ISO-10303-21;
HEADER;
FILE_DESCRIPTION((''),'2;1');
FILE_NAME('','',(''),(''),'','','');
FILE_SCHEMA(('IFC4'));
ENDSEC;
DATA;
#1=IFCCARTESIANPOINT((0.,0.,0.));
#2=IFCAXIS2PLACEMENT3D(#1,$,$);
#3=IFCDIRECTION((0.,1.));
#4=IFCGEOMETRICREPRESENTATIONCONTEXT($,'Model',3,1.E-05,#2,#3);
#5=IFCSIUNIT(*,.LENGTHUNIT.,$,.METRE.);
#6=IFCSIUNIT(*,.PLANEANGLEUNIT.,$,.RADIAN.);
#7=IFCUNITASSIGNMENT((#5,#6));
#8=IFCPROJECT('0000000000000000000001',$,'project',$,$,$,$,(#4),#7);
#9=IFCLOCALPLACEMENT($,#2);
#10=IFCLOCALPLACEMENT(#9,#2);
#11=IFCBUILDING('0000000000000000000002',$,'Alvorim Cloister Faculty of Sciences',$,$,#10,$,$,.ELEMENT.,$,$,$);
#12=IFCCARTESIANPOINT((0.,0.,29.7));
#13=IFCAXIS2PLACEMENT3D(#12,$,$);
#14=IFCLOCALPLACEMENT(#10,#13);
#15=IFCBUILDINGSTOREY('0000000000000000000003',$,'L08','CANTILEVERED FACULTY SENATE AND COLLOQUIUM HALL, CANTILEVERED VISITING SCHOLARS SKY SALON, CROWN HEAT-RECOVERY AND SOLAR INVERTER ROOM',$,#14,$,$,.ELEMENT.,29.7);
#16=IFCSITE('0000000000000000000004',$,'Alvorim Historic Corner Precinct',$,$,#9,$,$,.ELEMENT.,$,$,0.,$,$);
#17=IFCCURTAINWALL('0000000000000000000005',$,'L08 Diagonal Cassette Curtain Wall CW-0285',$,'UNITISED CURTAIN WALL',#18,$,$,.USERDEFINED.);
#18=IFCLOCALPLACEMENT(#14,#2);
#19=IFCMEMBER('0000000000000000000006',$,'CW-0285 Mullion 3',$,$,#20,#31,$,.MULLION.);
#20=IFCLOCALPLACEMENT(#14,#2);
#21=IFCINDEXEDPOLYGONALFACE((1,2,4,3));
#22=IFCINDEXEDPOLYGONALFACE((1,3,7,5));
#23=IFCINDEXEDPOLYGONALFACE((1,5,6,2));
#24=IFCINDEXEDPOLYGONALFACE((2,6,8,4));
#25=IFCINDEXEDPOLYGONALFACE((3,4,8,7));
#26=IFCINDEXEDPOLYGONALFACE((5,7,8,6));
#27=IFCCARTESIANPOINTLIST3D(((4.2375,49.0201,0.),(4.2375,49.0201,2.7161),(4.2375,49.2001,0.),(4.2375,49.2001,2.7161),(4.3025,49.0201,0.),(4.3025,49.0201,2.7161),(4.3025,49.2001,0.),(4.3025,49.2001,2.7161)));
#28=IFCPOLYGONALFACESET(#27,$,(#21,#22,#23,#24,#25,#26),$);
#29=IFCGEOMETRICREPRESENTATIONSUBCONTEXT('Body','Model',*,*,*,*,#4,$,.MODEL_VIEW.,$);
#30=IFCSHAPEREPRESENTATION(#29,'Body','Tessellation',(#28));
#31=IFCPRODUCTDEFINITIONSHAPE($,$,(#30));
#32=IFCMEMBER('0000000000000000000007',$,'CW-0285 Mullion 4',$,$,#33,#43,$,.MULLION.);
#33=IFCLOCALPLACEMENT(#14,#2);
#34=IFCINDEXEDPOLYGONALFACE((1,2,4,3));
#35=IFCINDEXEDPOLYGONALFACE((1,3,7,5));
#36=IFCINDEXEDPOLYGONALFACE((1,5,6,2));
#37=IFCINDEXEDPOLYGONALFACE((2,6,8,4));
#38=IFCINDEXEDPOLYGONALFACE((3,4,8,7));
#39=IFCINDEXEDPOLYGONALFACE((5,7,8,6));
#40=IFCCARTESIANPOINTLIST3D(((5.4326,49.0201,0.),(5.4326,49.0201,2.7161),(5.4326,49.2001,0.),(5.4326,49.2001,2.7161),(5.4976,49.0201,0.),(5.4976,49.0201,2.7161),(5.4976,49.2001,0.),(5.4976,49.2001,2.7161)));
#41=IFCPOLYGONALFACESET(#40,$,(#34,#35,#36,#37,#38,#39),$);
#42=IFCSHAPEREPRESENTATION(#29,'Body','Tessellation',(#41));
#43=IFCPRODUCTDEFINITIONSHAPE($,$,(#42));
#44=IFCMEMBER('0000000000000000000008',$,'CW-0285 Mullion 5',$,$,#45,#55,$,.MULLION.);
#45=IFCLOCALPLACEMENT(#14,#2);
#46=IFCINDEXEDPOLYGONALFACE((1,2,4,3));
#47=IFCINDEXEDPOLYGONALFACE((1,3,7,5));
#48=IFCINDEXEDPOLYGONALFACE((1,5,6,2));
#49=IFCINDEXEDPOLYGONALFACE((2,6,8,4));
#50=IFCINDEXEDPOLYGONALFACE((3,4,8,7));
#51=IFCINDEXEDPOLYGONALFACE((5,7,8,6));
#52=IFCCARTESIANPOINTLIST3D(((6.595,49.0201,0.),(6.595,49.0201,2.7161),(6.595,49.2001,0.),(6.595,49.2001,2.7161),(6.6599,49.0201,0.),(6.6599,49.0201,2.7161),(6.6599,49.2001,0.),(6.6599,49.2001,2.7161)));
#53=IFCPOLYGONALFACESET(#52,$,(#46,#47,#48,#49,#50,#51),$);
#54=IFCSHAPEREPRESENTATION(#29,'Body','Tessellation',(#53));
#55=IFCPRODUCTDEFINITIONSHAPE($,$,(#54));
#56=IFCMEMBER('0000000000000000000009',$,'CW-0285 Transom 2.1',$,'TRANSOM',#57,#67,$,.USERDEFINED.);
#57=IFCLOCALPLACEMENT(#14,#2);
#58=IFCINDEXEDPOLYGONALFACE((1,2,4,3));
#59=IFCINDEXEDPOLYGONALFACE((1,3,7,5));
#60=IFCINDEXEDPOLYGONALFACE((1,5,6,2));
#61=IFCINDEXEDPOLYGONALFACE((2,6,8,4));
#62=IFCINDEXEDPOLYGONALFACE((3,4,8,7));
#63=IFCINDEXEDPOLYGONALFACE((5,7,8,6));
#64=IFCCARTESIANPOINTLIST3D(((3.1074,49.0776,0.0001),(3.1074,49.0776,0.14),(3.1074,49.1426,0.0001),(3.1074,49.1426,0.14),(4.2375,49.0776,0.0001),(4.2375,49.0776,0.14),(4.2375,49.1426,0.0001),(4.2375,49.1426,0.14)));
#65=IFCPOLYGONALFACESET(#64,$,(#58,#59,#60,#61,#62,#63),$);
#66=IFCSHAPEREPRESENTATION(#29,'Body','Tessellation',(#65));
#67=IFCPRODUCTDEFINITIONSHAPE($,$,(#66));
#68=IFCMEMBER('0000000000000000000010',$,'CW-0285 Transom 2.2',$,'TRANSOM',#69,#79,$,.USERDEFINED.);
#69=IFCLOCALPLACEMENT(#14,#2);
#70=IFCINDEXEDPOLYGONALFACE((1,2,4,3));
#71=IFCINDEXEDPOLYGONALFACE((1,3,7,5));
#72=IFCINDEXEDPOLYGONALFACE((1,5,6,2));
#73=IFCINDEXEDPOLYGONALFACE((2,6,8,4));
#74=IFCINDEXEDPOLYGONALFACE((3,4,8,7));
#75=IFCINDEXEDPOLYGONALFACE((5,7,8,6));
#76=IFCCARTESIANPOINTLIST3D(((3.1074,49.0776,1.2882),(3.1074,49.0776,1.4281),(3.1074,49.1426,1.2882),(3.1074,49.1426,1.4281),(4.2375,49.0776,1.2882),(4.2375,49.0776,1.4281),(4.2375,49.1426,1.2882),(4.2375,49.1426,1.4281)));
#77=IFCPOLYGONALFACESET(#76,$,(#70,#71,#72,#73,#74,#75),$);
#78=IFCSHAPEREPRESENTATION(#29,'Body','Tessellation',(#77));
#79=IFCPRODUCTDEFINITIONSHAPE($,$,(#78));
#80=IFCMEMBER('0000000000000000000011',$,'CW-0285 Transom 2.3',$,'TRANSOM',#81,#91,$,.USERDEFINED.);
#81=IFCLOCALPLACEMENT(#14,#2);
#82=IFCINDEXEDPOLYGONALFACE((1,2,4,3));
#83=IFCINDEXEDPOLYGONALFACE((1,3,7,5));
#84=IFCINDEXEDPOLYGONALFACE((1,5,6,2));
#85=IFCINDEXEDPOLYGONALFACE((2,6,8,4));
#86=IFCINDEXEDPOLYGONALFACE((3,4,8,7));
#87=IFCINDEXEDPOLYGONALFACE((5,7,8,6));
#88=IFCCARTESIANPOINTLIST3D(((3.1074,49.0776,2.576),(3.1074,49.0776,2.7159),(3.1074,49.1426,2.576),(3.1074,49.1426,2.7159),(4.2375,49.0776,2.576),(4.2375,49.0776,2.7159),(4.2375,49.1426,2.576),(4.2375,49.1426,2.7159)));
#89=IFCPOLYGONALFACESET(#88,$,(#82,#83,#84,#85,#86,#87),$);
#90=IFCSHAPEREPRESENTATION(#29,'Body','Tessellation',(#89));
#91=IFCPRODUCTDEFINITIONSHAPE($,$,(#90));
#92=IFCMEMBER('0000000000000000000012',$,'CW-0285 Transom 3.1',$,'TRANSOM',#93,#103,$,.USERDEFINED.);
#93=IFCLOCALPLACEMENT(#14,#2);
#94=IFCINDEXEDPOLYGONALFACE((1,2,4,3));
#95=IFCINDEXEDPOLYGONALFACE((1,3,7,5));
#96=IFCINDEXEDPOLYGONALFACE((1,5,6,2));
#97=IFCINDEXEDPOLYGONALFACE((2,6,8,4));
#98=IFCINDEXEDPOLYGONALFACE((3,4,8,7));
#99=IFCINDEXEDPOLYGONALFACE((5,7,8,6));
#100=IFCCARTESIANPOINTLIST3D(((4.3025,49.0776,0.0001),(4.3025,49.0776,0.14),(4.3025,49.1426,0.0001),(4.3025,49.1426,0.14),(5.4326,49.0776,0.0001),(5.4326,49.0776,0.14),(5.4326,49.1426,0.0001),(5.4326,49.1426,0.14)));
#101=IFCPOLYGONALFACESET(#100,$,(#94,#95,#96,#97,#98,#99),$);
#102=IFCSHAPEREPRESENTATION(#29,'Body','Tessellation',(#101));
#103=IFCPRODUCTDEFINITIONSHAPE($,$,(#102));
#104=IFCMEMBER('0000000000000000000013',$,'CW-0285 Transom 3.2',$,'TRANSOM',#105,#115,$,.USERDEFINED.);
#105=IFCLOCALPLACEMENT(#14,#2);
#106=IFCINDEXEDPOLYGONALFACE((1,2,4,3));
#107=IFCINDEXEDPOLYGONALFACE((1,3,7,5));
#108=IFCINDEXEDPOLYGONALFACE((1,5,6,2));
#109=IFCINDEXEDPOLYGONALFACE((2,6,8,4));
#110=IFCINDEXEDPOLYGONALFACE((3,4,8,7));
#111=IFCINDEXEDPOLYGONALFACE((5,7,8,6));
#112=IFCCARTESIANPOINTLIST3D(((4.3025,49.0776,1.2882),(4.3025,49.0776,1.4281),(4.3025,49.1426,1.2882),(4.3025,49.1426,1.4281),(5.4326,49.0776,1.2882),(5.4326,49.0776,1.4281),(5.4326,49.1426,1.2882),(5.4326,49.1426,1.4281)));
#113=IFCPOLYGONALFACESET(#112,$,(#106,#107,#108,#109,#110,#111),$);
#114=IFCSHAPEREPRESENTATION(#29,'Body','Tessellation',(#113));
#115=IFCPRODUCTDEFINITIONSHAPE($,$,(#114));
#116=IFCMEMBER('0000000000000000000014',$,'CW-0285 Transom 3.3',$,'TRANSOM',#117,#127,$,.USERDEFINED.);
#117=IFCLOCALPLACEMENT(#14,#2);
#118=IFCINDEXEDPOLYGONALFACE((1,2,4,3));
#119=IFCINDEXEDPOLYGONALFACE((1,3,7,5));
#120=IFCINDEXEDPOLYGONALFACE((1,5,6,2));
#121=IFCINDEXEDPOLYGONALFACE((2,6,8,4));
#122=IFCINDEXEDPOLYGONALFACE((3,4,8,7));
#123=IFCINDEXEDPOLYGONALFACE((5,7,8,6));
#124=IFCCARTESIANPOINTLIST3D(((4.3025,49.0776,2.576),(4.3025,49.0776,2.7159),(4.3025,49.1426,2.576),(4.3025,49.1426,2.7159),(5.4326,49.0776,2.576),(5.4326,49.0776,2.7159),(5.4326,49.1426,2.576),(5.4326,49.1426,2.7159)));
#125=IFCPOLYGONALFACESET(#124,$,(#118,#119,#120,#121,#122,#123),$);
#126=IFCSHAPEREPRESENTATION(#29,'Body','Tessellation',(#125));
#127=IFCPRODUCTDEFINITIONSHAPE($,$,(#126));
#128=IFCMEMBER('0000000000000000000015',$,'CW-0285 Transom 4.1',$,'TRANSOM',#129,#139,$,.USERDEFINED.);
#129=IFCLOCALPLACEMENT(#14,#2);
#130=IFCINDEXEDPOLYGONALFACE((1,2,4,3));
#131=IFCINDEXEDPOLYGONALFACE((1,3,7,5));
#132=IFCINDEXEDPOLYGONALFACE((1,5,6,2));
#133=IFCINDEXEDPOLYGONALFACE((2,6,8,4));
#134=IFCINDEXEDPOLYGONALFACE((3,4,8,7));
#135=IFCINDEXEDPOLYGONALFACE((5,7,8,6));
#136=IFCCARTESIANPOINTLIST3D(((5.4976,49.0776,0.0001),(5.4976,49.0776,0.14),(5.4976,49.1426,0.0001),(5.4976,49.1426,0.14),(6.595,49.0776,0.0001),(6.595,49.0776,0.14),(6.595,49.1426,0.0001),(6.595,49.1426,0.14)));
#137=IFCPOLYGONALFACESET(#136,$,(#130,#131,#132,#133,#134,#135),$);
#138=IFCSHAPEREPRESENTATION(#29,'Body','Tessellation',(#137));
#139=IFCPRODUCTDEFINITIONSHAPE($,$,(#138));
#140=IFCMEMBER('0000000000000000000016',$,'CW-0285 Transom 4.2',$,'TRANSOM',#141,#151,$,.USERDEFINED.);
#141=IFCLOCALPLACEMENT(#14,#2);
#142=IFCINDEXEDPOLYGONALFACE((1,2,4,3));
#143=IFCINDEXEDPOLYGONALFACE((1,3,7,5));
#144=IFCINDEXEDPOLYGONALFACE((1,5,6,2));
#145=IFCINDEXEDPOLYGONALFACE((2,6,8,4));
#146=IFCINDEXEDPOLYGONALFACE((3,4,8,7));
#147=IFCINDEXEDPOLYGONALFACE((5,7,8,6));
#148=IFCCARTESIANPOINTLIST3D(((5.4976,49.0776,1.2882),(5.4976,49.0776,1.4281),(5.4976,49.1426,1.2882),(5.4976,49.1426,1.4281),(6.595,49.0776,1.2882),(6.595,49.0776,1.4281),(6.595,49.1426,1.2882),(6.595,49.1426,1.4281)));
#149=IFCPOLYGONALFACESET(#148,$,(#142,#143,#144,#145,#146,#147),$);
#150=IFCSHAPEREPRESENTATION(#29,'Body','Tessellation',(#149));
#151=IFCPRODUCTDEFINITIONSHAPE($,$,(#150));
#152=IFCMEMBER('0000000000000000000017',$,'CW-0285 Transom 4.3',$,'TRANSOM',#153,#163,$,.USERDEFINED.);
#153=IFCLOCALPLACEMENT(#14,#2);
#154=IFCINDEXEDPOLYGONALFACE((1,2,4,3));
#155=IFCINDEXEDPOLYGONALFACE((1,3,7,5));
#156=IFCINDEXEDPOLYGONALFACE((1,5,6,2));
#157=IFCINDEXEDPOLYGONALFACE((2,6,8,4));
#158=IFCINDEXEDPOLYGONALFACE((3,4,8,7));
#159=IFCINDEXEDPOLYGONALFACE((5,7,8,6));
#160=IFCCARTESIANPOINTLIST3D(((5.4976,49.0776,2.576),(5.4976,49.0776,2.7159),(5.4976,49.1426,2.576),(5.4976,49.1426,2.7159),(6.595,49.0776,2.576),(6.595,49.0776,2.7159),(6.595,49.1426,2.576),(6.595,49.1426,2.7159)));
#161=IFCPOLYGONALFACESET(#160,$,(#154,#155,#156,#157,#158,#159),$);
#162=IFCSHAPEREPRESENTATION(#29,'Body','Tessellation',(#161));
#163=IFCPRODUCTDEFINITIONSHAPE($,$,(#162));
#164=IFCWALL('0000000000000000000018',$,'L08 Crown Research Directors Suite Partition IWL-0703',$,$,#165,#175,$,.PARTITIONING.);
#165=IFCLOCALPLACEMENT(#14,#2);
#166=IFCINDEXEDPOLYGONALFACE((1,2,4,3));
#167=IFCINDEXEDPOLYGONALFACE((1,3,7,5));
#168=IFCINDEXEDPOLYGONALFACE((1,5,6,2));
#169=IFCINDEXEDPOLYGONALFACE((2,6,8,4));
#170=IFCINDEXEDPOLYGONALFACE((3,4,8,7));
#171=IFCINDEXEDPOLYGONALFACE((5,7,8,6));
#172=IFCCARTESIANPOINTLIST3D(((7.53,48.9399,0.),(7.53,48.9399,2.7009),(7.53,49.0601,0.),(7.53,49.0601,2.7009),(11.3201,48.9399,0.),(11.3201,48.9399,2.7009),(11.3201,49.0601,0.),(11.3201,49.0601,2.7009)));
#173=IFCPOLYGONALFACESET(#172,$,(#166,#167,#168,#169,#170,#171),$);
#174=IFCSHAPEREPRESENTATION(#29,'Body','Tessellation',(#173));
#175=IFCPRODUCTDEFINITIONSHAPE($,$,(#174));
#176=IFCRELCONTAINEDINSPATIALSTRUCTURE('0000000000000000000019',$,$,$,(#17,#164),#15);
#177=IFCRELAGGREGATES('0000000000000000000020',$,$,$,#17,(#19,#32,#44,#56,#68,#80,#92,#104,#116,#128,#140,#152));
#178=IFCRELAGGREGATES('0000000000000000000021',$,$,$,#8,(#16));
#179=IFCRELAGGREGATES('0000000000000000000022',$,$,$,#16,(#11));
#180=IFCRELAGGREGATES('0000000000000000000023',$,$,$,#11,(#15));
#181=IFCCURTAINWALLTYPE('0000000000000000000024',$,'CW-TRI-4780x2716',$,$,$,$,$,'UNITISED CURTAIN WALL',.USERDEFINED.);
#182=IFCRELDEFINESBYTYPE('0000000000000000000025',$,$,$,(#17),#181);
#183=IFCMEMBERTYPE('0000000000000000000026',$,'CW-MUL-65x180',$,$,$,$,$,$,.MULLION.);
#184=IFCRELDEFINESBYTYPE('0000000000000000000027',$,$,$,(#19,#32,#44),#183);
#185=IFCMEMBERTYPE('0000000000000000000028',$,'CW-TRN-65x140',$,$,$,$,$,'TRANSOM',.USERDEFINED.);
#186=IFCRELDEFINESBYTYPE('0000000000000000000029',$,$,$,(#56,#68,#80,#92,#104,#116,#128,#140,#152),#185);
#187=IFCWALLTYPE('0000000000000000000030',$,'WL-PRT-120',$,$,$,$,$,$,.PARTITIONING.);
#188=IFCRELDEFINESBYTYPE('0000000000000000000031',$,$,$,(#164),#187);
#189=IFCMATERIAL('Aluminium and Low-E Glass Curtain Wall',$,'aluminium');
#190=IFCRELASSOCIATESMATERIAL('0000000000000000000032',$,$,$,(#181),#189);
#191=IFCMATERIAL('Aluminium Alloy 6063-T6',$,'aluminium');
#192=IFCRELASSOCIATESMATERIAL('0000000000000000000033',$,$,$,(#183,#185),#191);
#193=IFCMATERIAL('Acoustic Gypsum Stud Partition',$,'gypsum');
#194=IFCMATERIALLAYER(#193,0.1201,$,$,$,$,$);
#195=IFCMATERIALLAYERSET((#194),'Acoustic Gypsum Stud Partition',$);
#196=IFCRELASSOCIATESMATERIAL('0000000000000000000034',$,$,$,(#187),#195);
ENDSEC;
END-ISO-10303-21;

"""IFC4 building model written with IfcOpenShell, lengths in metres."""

from ifc_helpers import new_model, si_unit, direction, frame, frame_2d, origin, origin_2d, place, context, subcontext, project, spatial, rectangle, extrude, material, layer, layer_set, material_profile, profile_set, type_object, element, aggregate, save


model = new_model("IFC4")

# Units and contexts
model_context = context("Model", 3, precision=1e-05, world=origin(), true_north=direction((0.0, 1.0)))
body_context = subcontext(model_context, "Body", "Model", "MODEL_VIEW")
ifc_project = project(units=[si_unit("LENGTHUNIT", "METRE"), si_unit("PLANEANGLEUNIT", "RADIAN")], contexts=[model_context])

# Site, building, storey
site_placement = place(None, origin())
site = spatial("IfcSite", under=ifc_project, at=site_placement, Name="Alvorim Historic Corner Precinct", CompositionType="ELEMENT", RefElevation=0.0)
building_placement = place(site_placement, origin())
building = spatial("IfcBuilding", under=site, at=building_placement, Name="Alvorim Cloister Faculty of Sciences", CompositionType="ELEMENT")
storey_placement = place(building_placement, frame((0.0, 0.0, 29.7)))
storey = spatial("IfcBuildingStorey", under=building, at=storey_placement, Name="L08", Description="CANTILEVERED FACULTY SENATE AND COLLOQUIUM HALL, CANTILEVERED VISITING SCHOLARS SKY SALON, CROWN HEAT-RECOVERY AND SOLAR INVERTER ROOM", CompositionType="ELEMENT", Elevation=29.7)

# Curtain wall, members
ifc_material_1 = material(Name="Aluminium and Low-E Glass Curtain Wall", Category="aluminium")
curtain_wall_type = type_object("IfcCurtainWallType", Name="CW-TRI-4780x2716", ElementType="UNITISED CURTAIN WALL", PredefinedType="USERDEFINED", material=ifc_material_1)
curtain_wall_placement = place(storey_placement, origin())
curtain_wall = element("IfcCurtainWall", 1, at=curtain_wall_placement, inside=storey, type_object=curtain_wall_type, Name="L08 Diagonal Cassette Curtain Wall CW-0285", ObjectType="UNITISED CURTAIN WALL", PredefinedType="USERDEFINED")
ifc_material_2 = material(Name="Aluminium Alloy 6063-T6", Category="aluminium")
ifc_material_profile_1 = material_profile(ifc_material_2, rectangle(XDim=0.0649, YDim=0.1799, at=origin_2d()), Name="ALU-MUL-65x180")
ifc_profile_set_1 = profile_set([ifc_material_profile_1], Name="Aluminium Alloy 6063-T6")
member_type_1 = type_object("IfcMemberType", Name="CW-MUL-65x180", PredefinedType="MULLION", material=ifc_profile_set_1)
member_1_placement = place(storey_placement, frame((4.27, 49.1101, 0.0), z_axis=(0.0, 0.0, 1.0), x_axis=(1.0, 0.0, 0.0)))
member_1 = element("IfcMember", 2, at=member_1_placement, type_object=member_type_1, Name="CW-0285 Mullion 3", PredefinedType="MULLION", context=body_context, shape_type="SweptSolid", body=[
    extrude(rectangle(XDim=0.0649, YDim=0.1799, at=origin_2d()), origin(), (0.0, 0.0, 1.0), 2.7161),
])
member_2_placement = place(storey_placement, frame((5.4651, 49.1101, 0.0), z_axis=(0.0, 0.0, 1.0), x_axis=(1.0, 0.0, 0.0)))
member_2 = element("IfcMember", 3, at=member_2_placement, type_object=member_type_1, Name="CW-0285 Mullion 4", PredefinedType="MULLION", context=body_context, shape_type="SweptSolid", body=[
    extrude(rectangle(XDim=0.0649, YDim=0.1799, at=origin_2d()), origin(), (0.0, 0.0, 1.0), 2.7161),
])
member_3_placement = place(storey_placement, frame((6.6274, 49.1101, 0.0), z_axis=(0.0, 0.0, 1.0), x_axis=(1.0, 0.0, 0.0)))
member_3 = element("IfcMember", 4, at=member_3_placement, type_object=member_type_1, Name="CW-0285 Mullion 5", PredefinedType="MULLION", context=body_context, shape_type="SweptSolid", body=[
    extrude(rectangle(XDim=0.0649, YDim=0.1799, at=origin_2d()), origin(), (0.0, 0.0, 1.0), 2.7161),
])
ifc_material_profile_2 = material_profile(ifc_material_2, rectangle(XDim=0.0649, YDim=0.1399, at=origin_2d()), Name="ALU-TRN-65x140")
ifc_profile_set_2 = profile_set([ifc_material_profile_2], Name="Aluminium Alloy 6063-T6")
member_type_2 = type_object("IfcMemberType", Name="CW-TRN-65x140", ElementType="TRANSOM", PredefinedType="USERDEFINED", material=ifc_profile_set_2)
member_4_placement = place(storey_placement, frame((3.1074, 49.1101, 0.0701), z_axis=(1.0, 0.0, 0.0), x_axis=(0.0, 1.0, 0.0)))
member_4 = element("IfcMember", 5, at=member_4_placement, type_object=member_type_2, Name="CW-0285 Transom 2.1", ObjectType="TRANSOM", PredefinedType="USERDEFINED", context=body_context, shape_type="SweptSolid", body=[
    extrude(rectangle(XDim=0.0649, YDim=0.1399, at=origin_2d()), origin(), (0.0, 0.0, 1.0), 1.1301),
])
member_5_placement = place(storey_placement, frame((3.1074, 49.1101, 1.3582), z_axis=(1.0, 0.0, 0.0), x_axis=(0.0, 1.0, 0.0)))
member_5 = element("IfcMember", 6, at=member_5_placement, type_object=member_type_2, Name="CW-0285 Transom 2.2", ObjectType="TRANSOM", PredefinedType="USERDEFINED", context=body_context, shape_type="SweptSolid", body=[
    extrude(rectangle(XDim=0.0649, YDim=0.1399, at=origin_2d()), origin(), (0.0, 0.0, 1.0), 1.1301),
])
member_6_placement = place(storey_placement, frame((3.1074, 49.1101, 2.646), z_axis=(1.0, 0.0, 0.0), x_axis=(0.0, 1.0, 0.0)))
member_6 = element("IfcMember", 7, at=member_6_placement, type_object=member_type_2, Name="CW-0285 Transom 2.3", ObjectType="TRANSOM", PredefinedType="USERDEFINED", context=body_context, shape_type="SweptSolid", body=[
    extrude(rectangle(XDim=0.0649, YDim=0.1399, at=origin_2d()), origin(), (0.0, 0.0, 1.0), 1.1301),
])
member_7_placement = place(storey_placement, frame((4.3025, 49.1101, 0.0701), z_axis=(1.0, 0.0, 0.0), x_axis=(0.0, 1.0, 0.0)))
member_7 = element("IfcMember", 8, at=member_7_placement, type_object=member_type_2, Name="CW-0285 Transom 3.1", ObjectType="TRANSOM", PredefinedType="USERDEFINED", context=body_context, shape_type="SweptSolid", body=[
    extrude(rectangle(XDim=0.0649, YDim=0.1399, at=origin_2d()), origin(), (0.0, 0.0, 1.0), 1.1301),
])
member_8_placement = place(storey_placement, frame((4.3025, 49.1101, 1.3582), z_axis=(1.0, 0.0, 0.0), x_axis=(0.0, 1.0, 0.0)))
member_8 = element("IfcMember", 9, at=member_8_placement, type_object=member_type_2, Name="CW-0285 Transom 3.2", ObjectType="TRANSOM", PredefinedType="USERDEFINED", context=body_context, shape_type="SweptSolid", body=[
    extrude(rectangle(XDim=0.0649, YDim=0.1399, at=origin_2d()), origin(), (0.0, 0.0, 1.0), 1.1301),
])
member_9_placement = place(storey_placement, frame((4.3025, 49.1101, 2.646), z_axis=(1.0, 0.0, 0.0), x_axis=(0.0, 1.0, 0.0)))
member_9 = element("IfcMember", 10, at=member_9_placement, type_object=member_type_2, Name="CW-0285 Transom 3.3", ObjectType="TRANSOM", PredefinedType="USERDEFINED", context=body_context, shape_type="SweptSolid", body=[
    extrude(rectangle(XDim=0.0649, YDim=0.1399, at=origin_2d()), origin(), (0.0, 0.0, 1.0), 1.1301),
])
member_10_placement = place(storey_placement, frame((5.4976, 49.1101, 0.0701), z_axis=(1.0, 0.0, 0.0), x_axis=(0.0, 1.0, 0.0)))
member_10 = element("IfcMember", 11, at=member_10_placement, type_object=member_type_2, Name="CW-0285 Transom 4.1", ObjectType="TRANSOM", PredefinedType="USERDEFINED", context=body_context, shape_type="SweptSolid", body=[
    extrude(rectangle(XDim=0.0649, YDim=0.1399, at=origin_2d()), origin(), (0.0, 0.0, 1.0), 1.0974),
])
member_11_placement = place(storey_placement, frame((5.4976, 49.1101, 1.3582), z_axis=(1.0, 0.0, 0.0), x_axis=(0.0, 1.0, 0.0)))
member_11 = element("IfcMember", 12, at=member_11_placement, type_object=member_type_2, Name="CW-0285 Transom 4.2", ObjectType="TRANSOM", PredefinedType="USERDEFINED", context=body_context, shape_type="SweptSolid", body=[
    extrude(rectangle(XDim=0.0649, YDim=0.1399, at=origin_2d()), origin(), (0.0, 0.0, 1.0), 1.0974),
])
member_12_placement = place(storey_placement, frame((5.4976, 49.1101, 2.646), z_axis=(1.0, 0.0, 0.0), x_axis=(0.0, 1.0, 0.0)))
member_12 = element("IfcMember", 13, at=member_12_placement, type_object=member_type_2, Name="CW-0285 Transom 4.3", ObjectType="TRANSOM", PredefinedType="USERDEFINED", context=body_context, shape_type="SweptSolid", body=[
    extrude(rectangle(XDim=0.0649, YDim=0.1399, at=origin_2d()), origin(), (0.0, 0.0, 1.0), 1.0974),
])
aggregate(curtain_wall, [member_1, member_2, member_3, member_4, member_5, member_6, member_7, member_8, member_9, member_10, member_11, member_12])

# Wall
ifc_material_3 = material(Name="Acoustic Gypsum Stud Partition", Category="gypsum")
ifc_layer_1 = layer(ifc_material_3, 0.1201)
ifc_layer_set_1 = layer_set([ifc_layer_1], Name="Acoustic Gypsum Stud Partition")
wall_type_1 = type_object("IfcWallType", Name="WL-PRT-120", PredefinedType="PARTITIONING", material=ifc_layer_set_1)
wall_1_placement = place(storey_placement, frame((7.53, 49.0, 0.0), z_axis=(0.0, 0.0, 1.0), x_axis=(1.0, 0.0, 0.0)))
element("IfcWall", 14, at=wall_1_placement, inside=storey, type_object=wall_type_1, Name="L08 Crown Research Directors Suite Partition IWL-0703", PredefinedType="PARTITIONING", context=body_context, shape_type="SweptSolid", body=[
    extrude(rectangle(XDim=3.79, YDim=0.1201, at=frame_2d((1.895, 0.0))), origin(), (0.0, 0.0, 1.0), 2.7009),
])

save(model, "model.ifc")
